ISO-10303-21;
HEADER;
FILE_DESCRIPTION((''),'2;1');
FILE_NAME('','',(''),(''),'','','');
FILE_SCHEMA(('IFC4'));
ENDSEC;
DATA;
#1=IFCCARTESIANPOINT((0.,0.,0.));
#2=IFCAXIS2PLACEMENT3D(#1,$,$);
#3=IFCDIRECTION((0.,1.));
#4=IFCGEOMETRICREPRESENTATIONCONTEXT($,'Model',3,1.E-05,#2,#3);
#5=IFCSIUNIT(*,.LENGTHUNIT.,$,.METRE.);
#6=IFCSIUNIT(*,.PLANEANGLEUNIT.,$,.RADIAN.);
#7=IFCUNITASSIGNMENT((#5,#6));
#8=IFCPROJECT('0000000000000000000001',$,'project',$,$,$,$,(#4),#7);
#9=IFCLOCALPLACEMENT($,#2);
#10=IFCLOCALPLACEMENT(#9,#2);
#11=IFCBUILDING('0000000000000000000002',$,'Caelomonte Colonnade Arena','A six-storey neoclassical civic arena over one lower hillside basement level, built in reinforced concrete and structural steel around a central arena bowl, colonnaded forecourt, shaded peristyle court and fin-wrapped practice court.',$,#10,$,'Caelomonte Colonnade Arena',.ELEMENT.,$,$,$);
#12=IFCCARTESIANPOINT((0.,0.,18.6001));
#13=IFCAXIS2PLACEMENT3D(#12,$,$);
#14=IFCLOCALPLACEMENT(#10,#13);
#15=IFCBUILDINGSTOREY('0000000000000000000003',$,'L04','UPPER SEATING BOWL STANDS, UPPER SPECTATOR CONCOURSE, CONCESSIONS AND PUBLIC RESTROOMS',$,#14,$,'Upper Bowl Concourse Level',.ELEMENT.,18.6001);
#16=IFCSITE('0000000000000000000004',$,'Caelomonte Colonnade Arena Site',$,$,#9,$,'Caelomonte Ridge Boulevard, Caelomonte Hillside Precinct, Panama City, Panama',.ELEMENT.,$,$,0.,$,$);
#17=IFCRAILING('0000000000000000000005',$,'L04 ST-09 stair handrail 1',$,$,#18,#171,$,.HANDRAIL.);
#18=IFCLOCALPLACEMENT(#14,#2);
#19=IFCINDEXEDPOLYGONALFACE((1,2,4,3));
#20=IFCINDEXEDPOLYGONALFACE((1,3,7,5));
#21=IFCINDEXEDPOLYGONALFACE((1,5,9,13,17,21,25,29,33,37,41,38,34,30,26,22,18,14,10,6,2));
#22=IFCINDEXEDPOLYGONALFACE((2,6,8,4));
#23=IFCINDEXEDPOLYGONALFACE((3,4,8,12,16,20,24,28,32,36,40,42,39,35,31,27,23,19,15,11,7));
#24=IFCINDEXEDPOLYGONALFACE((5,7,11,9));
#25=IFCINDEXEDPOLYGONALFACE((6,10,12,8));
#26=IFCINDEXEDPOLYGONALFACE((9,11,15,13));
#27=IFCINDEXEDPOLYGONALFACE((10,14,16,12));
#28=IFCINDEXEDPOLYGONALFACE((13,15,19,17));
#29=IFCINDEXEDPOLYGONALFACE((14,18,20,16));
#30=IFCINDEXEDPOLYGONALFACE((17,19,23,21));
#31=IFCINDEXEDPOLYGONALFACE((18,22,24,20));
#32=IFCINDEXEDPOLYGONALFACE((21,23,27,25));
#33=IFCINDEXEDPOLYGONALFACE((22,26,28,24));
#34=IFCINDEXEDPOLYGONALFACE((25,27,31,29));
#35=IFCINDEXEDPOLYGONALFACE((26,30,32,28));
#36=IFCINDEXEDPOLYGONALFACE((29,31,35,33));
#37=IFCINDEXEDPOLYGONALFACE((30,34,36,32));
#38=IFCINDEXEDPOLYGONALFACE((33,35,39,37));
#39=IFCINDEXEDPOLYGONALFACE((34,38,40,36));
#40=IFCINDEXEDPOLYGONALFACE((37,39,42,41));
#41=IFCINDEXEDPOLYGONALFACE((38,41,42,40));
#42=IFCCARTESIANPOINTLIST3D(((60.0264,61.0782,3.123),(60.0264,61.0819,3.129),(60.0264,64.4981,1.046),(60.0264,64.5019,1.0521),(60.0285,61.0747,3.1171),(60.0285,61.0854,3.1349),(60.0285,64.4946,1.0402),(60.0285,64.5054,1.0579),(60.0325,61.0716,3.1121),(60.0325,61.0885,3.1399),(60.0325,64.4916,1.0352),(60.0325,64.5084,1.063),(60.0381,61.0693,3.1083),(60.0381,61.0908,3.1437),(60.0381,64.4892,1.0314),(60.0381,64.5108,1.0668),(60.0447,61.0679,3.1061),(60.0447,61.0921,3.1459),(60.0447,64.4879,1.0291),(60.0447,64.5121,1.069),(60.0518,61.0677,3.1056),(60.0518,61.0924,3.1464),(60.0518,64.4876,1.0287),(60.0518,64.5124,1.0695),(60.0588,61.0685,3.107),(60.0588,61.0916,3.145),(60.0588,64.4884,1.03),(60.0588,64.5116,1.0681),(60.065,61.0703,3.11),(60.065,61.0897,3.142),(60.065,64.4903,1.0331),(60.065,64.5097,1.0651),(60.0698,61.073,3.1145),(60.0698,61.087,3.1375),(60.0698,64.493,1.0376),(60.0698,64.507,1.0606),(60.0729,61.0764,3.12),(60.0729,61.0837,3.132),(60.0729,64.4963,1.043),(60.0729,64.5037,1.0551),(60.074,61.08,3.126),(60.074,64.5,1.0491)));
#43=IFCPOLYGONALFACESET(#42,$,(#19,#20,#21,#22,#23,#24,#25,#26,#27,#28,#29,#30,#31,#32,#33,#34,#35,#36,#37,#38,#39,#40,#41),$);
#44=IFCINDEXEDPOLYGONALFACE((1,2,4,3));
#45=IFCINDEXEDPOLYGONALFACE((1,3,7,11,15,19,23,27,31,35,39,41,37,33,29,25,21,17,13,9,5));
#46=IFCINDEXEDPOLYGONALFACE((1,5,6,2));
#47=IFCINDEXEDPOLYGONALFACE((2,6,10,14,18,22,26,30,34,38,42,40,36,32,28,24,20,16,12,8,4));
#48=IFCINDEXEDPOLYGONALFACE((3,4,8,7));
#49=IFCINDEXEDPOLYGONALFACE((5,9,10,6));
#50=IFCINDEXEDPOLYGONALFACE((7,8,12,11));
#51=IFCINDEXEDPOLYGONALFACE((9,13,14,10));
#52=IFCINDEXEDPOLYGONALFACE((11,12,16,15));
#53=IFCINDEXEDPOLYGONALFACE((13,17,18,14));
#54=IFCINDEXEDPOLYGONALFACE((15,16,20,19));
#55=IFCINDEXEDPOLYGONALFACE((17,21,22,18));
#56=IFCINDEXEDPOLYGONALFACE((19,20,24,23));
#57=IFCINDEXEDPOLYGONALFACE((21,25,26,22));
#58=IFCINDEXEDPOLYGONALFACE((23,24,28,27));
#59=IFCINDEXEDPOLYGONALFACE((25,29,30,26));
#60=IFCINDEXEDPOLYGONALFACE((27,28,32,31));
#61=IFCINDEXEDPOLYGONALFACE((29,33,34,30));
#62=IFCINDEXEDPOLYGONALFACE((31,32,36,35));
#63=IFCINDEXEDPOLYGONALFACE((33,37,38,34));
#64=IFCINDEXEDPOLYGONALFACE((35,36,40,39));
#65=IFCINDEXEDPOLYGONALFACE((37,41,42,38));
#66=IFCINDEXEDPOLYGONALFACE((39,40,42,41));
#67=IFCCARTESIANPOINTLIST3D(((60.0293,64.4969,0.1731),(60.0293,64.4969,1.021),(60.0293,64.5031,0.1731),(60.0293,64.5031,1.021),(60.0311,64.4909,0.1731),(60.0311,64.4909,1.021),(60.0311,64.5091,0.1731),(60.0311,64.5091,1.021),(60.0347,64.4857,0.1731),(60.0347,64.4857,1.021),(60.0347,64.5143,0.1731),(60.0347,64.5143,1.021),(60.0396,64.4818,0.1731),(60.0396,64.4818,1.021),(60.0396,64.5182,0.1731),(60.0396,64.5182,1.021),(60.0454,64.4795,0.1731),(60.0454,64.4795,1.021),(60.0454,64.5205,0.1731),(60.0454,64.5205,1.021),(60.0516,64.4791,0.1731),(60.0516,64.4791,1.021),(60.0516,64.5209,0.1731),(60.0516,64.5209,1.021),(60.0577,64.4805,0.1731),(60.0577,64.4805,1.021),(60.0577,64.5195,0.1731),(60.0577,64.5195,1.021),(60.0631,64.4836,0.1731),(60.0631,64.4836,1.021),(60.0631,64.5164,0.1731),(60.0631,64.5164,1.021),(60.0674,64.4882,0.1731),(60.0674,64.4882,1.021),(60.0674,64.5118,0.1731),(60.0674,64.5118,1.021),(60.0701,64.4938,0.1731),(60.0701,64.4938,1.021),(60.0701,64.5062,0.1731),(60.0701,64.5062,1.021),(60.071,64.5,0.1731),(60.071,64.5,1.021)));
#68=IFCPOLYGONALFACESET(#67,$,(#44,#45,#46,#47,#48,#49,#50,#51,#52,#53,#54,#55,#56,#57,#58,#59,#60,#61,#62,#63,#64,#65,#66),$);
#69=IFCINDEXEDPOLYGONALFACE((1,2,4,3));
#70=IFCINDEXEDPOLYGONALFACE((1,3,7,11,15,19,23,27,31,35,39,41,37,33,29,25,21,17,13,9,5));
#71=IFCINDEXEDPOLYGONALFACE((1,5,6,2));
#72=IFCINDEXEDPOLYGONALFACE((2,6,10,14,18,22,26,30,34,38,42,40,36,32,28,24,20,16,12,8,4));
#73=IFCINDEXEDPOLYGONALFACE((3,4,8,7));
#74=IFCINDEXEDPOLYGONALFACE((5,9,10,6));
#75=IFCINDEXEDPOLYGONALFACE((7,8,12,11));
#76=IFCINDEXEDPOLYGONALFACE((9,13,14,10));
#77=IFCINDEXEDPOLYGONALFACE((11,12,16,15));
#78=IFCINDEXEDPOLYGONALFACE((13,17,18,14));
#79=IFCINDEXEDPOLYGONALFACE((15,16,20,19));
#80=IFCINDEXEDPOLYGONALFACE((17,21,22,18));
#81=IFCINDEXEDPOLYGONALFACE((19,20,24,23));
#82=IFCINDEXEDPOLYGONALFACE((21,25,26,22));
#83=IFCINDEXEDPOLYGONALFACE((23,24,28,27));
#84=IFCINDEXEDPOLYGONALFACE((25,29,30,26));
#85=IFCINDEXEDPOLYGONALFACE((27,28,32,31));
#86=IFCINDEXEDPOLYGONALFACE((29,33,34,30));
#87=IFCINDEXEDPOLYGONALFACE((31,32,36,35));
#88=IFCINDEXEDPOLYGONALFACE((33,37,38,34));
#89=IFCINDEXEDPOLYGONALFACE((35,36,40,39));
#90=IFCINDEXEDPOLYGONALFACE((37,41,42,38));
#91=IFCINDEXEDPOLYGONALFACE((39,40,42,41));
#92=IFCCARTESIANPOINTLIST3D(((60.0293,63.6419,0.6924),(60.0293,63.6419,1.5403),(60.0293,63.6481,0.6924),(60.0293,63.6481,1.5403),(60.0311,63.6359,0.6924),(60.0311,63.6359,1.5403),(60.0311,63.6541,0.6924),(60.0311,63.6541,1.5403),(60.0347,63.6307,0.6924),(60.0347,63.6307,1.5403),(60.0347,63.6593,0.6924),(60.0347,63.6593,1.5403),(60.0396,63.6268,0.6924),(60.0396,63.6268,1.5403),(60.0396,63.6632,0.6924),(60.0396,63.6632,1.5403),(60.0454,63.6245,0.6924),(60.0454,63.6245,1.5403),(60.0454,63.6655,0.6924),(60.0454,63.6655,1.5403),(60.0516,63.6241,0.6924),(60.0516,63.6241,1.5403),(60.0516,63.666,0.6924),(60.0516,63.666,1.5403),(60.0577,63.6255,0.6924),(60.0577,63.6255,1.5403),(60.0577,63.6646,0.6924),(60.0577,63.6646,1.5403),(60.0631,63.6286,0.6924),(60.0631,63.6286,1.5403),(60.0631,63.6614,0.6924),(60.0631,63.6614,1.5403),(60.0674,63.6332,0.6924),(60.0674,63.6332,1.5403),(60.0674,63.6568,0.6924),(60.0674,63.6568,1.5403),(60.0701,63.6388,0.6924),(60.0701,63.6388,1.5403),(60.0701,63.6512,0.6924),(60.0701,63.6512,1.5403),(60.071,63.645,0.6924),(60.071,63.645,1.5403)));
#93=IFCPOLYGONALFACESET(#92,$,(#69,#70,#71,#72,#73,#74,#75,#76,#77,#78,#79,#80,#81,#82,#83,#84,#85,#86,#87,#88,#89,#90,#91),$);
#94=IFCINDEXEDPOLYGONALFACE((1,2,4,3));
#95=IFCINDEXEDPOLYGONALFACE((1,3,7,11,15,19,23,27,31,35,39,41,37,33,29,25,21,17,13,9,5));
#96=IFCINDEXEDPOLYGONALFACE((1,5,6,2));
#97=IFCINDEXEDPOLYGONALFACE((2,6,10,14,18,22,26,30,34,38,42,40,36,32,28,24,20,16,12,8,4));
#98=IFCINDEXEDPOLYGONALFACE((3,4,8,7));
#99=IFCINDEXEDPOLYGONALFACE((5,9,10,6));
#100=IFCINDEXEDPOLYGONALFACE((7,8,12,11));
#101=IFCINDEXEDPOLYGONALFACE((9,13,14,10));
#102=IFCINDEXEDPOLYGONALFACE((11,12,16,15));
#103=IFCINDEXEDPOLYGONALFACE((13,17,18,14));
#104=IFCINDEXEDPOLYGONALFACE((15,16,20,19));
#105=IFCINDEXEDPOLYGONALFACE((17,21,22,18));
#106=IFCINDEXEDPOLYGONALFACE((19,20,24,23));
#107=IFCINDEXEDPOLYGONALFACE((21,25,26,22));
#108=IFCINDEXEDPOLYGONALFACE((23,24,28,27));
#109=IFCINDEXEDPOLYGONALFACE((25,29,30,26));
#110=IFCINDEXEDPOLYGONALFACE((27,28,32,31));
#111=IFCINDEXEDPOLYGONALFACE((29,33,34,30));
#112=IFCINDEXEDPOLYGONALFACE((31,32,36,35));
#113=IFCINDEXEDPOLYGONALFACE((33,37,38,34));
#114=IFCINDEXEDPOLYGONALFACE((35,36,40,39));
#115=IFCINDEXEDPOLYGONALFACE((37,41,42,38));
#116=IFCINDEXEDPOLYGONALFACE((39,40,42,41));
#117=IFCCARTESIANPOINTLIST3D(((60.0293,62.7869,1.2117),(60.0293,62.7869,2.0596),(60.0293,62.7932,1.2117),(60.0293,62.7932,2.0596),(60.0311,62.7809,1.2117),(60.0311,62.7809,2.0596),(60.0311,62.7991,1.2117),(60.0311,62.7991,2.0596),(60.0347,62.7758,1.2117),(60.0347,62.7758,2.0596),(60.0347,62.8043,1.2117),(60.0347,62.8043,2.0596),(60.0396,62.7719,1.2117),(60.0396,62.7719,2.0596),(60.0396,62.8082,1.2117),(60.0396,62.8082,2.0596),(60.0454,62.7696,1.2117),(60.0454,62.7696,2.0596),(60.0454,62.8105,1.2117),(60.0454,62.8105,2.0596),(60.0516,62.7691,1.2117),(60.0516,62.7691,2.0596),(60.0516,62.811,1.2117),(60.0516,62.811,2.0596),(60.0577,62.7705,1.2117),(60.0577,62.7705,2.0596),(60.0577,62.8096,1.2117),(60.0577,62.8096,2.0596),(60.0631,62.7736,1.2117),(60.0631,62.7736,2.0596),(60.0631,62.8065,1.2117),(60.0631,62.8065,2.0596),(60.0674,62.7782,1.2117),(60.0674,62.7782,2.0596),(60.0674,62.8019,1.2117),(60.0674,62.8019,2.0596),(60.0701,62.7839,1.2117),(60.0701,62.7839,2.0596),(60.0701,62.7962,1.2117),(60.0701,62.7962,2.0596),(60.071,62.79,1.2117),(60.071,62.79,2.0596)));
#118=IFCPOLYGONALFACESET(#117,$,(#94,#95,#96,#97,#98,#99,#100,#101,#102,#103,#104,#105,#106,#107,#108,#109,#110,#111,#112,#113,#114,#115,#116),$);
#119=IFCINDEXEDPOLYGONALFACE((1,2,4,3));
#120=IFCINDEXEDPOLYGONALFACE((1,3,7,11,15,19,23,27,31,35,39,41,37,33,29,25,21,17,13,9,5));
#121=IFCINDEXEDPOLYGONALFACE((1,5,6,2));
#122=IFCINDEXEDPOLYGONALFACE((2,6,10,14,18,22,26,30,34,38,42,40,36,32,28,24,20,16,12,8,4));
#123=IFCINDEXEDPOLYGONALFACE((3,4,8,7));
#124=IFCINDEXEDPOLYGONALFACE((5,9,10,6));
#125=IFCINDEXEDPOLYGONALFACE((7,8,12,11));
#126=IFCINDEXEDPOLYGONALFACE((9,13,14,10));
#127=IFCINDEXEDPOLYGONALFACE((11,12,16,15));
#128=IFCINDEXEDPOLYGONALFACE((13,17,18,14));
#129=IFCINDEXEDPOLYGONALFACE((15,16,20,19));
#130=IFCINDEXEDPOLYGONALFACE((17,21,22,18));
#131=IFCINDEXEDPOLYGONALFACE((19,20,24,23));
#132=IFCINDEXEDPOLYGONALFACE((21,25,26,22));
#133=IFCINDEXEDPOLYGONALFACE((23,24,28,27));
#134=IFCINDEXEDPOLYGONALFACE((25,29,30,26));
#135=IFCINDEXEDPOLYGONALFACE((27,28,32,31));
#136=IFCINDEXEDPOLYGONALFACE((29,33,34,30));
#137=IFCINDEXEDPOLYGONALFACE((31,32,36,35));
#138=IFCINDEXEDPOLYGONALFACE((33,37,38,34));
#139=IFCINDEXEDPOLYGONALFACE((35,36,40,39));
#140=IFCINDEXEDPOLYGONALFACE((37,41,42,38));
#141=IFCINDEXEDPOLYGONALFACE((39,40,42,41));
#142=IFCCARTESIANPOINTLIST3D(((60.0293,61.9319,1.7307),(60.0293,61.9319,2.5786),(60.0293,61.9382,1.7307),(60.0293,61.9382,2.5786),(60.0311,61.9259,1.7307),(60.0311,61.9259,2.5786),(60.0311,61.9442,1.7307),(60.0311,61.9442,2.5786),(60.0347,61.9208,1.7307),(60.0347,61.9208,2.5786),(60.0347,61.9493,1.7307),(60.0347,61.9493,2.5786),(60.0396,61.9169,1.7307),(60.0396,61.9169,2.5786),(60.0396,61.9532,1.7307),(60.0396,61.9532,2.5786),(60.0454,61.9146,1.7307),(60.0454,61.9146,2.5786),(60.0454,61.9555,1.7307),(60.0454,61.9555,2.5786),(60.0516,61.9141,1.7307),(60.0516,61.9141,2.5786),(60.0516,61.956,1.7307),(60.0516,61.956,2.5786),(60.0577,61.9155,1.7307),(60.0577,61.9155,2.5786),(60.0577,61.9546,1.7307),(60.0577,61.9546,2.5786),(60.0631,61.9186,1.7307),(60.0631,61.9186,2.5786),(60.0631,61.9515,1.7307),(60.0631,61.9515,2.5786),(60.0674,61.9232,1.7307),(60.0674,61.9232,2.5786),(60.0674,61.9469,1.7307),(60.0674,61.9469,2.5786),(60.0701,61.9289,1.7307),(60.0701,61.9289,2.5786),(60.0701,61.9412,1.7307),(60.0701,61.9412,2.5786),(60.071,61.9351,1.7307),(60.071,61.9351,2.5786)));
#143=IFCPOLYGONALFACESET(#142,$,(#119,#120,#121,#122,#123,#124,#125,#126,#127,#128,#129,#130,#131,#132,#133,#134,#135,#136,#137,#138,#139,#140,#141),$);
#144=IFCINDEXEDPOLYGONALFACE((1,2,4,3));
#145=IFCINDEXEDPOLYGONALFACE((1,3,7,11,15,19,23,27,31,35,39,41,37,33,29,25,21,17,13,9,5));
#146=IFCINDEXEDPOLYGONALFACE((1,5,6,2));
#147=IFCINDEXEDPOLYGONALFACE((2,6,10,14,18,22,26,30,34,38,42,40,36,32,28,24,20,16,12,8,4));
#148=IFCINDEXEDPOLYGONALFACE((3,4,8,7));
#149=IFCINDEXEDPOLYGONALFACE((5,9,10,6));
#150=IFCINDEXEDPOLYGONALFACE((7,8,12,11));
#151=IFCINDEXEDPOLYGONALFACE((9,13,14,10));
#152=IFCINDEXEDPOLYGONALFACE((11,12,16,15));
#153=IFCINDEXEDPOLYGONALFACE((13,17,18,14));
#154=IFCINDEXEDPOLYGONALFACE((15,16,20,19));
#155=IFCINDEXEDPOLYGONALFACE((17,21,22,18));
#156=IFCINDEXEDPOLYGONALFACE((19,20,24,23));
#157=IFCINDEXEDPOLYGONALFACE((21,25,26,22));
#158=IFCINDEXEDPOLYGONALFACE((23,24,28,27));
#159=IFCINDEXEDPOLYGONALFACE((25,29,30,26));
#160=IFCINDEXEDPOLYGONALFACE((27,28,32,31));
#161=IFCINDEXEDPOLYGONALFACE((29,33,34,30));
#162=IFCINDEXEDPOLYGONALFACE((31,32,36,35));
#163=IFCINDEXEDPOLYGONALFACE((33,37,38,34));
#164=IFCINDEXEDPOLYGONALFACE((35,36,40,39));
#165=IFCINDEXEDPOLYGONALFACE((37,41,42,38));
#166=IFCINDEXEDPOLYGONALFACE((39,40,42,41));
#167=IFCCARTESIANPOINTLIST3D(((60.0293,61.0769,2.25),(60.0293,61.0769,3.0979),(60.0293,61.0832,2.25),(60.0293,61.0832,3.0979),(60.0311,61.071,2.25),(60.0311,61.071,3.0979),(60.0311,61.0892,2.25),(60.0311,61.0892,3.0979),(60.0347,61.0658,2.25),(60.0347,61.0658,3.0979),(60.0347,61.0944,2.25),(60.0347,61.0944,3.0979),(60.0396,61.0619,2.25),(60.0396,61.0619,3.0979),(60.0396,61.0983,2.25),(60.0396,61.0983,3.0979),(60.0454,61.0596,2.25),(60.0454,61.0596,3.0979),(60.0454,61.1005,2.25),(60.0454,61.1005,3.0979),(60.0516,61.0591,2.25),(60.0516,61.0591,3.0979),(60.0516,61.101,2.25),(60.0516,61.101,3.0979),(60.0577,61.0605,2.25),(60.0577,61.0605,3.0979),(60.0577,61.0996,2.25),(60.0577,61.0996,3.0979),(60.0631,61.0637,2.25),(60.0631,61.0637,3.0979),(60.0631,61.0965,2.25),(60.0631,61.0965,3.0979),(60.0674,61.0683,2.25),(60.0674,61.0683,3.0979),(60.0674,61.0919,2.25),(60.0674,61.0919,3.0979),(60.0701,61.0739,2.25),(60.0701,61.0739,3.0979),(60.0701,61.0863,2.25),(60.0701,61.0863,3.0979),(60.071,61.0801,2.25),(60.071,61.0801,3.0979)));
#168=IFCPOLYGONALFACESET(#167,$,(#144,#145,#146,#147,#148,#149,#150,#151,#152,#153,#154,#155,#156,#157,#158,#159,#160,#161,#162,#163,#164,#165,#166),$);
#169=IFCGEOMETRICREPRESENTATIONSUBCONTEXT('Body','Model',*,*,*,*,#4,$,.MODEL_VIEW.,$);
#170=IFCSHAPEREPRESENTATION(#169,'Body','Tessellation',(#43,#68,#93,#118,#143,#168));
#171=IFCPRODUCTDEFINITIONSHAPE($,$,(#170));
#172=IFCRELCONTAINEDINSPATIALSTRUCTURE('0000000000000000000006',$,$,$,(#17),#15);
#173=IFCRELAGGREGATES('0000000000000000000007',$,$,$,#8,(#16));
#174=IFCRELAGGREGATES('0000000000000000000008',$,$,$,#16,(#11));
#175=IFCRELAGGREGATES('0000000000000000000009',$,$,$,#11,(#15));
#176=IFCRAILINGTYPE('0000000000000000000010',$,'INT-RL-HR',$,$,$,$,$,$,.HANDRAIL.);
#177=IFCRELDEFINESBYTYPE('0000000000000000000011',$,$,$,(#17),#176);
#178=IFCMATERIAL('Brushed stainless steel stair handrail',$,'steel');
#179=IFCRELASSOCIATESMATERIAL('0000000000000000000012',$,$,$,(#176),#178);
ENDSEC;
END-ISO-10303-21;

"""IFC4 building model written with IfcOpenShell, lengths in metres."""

from ifc_helpers import new_model, si_unit, direction, frame, origin, origin_2d, place, context, subcontext, project, spatial, circle, extrude, material, type_object, element, save


model = new_model("IFC4")

# Units and contexts
model_context = context("Model", 3, precision=1e-05, world=origin(), true_north=direction((0.0, 1.0)))
body_context = subcontext(model_context, "Body", "Model", "MODEL_VIEW")
ifc_project = project(units=[si_unit("LENGTHUNIT", "METRE"), si_unit("PLANEANGLEUNIT", "RADIAN")], contexts=[model_context])

# Site, building, storey
site_placement = place(None, origin())
site = spatial("IfcSite", under=ifc_project, at=site_placement, Name="Caelomonte Colonnade Arena Site", LongName="Caelomonte Ridge Boulevard, Caelomonte Hillside Precinct, Panama City, Panama", CompositionType="ELEMENT", RefElevation=0.0)
building_placement = place(site_placement, origin())
building = spatial("IfcBuilding", under=site, at=building_placement, Name="Caelomonte Colonnade Arena", Description="A six-storey neoclassical civic arena over one lower hillside basement level, built in reinforced concrete and structural steel around a central arena bowl, colonnaded forecourt, shaded peristyle court and fin-wrapped practice court.", LongName="Caelomonte Colonnade Arena", CompositionType="ELEMENT")
storey_placement = place(building_placement, frame((0.0, 0.0, 18.6001)))
storey = spatial("IfcBuildingStorey", under=building, at=storey_placement, Name="L04", Description="UPPER SEATING BOWL STANDS, UPPER SPECTATOR CONCOURSE, CONCESSIONS AND PUBLIC RESTROOMS", LongName="Upper Bowl Concourse Level", CompositionType="ELEMENT", Elevation=18.6001)

# Railing
ifc_material_1 = material(Name="Brushed stainless steel stair handrail", Category="steel")
railing_type_1 = type_object("IfcRailingType", Name="INT-RL-HR", PredefinedType="HANDRAIL", material=ifc_material_1)
railing_1_placement = place(storey_placement, frame((60.05, 64.5, 0.1731)))
element("IfcRailing", 1, at=railing_1_placement, inside=storey, type_object=railing_type_1, Name="L04 ST-09 stair handrail 1", PredefinedType="HANDRAIL", context=body_context, shape_type="SweptSolid", body=[
    extrude(circle(Radius=0.0239, at=origin_2d()), frame((0.0, 0.0, 0.876), z_axis=(0.0, -0.85473, 0.519074), x_axis=(1.0, 0.0, 0.0)), (0.0, 0.0, 1.0), 4.0012),
    extrude(circle(Radius=0.021, at=origin_2d()), origin(), (0.0, 0.0, 1.0), 0.8479),
    extrude(circle(Radius=0.021, at=origin_2d()), frame((0.0, -0.855, 0.5193)), (0.0, 0.0, 1.0), 0.8479),
    extrude(circle(Radius=0.021, at=origin_2d()), frame((0.0, -1.71, 1.0386)), (0.0, 0.0, 1.0), 0.8479),
    extrude(circle(Radius=0.021, at=origin_2d()), frame((0.0, -2.5649, 1.5576)), (0.0, 0.0, 1.0), 0.8479),
    extrude(circle(Radius=0.021, at=origin_2d()), frame((0.0, -3.4199, 2.0769)), (0.0, 0.0, 1.0), 0.8479),
])

save(model, "model.ifc")
